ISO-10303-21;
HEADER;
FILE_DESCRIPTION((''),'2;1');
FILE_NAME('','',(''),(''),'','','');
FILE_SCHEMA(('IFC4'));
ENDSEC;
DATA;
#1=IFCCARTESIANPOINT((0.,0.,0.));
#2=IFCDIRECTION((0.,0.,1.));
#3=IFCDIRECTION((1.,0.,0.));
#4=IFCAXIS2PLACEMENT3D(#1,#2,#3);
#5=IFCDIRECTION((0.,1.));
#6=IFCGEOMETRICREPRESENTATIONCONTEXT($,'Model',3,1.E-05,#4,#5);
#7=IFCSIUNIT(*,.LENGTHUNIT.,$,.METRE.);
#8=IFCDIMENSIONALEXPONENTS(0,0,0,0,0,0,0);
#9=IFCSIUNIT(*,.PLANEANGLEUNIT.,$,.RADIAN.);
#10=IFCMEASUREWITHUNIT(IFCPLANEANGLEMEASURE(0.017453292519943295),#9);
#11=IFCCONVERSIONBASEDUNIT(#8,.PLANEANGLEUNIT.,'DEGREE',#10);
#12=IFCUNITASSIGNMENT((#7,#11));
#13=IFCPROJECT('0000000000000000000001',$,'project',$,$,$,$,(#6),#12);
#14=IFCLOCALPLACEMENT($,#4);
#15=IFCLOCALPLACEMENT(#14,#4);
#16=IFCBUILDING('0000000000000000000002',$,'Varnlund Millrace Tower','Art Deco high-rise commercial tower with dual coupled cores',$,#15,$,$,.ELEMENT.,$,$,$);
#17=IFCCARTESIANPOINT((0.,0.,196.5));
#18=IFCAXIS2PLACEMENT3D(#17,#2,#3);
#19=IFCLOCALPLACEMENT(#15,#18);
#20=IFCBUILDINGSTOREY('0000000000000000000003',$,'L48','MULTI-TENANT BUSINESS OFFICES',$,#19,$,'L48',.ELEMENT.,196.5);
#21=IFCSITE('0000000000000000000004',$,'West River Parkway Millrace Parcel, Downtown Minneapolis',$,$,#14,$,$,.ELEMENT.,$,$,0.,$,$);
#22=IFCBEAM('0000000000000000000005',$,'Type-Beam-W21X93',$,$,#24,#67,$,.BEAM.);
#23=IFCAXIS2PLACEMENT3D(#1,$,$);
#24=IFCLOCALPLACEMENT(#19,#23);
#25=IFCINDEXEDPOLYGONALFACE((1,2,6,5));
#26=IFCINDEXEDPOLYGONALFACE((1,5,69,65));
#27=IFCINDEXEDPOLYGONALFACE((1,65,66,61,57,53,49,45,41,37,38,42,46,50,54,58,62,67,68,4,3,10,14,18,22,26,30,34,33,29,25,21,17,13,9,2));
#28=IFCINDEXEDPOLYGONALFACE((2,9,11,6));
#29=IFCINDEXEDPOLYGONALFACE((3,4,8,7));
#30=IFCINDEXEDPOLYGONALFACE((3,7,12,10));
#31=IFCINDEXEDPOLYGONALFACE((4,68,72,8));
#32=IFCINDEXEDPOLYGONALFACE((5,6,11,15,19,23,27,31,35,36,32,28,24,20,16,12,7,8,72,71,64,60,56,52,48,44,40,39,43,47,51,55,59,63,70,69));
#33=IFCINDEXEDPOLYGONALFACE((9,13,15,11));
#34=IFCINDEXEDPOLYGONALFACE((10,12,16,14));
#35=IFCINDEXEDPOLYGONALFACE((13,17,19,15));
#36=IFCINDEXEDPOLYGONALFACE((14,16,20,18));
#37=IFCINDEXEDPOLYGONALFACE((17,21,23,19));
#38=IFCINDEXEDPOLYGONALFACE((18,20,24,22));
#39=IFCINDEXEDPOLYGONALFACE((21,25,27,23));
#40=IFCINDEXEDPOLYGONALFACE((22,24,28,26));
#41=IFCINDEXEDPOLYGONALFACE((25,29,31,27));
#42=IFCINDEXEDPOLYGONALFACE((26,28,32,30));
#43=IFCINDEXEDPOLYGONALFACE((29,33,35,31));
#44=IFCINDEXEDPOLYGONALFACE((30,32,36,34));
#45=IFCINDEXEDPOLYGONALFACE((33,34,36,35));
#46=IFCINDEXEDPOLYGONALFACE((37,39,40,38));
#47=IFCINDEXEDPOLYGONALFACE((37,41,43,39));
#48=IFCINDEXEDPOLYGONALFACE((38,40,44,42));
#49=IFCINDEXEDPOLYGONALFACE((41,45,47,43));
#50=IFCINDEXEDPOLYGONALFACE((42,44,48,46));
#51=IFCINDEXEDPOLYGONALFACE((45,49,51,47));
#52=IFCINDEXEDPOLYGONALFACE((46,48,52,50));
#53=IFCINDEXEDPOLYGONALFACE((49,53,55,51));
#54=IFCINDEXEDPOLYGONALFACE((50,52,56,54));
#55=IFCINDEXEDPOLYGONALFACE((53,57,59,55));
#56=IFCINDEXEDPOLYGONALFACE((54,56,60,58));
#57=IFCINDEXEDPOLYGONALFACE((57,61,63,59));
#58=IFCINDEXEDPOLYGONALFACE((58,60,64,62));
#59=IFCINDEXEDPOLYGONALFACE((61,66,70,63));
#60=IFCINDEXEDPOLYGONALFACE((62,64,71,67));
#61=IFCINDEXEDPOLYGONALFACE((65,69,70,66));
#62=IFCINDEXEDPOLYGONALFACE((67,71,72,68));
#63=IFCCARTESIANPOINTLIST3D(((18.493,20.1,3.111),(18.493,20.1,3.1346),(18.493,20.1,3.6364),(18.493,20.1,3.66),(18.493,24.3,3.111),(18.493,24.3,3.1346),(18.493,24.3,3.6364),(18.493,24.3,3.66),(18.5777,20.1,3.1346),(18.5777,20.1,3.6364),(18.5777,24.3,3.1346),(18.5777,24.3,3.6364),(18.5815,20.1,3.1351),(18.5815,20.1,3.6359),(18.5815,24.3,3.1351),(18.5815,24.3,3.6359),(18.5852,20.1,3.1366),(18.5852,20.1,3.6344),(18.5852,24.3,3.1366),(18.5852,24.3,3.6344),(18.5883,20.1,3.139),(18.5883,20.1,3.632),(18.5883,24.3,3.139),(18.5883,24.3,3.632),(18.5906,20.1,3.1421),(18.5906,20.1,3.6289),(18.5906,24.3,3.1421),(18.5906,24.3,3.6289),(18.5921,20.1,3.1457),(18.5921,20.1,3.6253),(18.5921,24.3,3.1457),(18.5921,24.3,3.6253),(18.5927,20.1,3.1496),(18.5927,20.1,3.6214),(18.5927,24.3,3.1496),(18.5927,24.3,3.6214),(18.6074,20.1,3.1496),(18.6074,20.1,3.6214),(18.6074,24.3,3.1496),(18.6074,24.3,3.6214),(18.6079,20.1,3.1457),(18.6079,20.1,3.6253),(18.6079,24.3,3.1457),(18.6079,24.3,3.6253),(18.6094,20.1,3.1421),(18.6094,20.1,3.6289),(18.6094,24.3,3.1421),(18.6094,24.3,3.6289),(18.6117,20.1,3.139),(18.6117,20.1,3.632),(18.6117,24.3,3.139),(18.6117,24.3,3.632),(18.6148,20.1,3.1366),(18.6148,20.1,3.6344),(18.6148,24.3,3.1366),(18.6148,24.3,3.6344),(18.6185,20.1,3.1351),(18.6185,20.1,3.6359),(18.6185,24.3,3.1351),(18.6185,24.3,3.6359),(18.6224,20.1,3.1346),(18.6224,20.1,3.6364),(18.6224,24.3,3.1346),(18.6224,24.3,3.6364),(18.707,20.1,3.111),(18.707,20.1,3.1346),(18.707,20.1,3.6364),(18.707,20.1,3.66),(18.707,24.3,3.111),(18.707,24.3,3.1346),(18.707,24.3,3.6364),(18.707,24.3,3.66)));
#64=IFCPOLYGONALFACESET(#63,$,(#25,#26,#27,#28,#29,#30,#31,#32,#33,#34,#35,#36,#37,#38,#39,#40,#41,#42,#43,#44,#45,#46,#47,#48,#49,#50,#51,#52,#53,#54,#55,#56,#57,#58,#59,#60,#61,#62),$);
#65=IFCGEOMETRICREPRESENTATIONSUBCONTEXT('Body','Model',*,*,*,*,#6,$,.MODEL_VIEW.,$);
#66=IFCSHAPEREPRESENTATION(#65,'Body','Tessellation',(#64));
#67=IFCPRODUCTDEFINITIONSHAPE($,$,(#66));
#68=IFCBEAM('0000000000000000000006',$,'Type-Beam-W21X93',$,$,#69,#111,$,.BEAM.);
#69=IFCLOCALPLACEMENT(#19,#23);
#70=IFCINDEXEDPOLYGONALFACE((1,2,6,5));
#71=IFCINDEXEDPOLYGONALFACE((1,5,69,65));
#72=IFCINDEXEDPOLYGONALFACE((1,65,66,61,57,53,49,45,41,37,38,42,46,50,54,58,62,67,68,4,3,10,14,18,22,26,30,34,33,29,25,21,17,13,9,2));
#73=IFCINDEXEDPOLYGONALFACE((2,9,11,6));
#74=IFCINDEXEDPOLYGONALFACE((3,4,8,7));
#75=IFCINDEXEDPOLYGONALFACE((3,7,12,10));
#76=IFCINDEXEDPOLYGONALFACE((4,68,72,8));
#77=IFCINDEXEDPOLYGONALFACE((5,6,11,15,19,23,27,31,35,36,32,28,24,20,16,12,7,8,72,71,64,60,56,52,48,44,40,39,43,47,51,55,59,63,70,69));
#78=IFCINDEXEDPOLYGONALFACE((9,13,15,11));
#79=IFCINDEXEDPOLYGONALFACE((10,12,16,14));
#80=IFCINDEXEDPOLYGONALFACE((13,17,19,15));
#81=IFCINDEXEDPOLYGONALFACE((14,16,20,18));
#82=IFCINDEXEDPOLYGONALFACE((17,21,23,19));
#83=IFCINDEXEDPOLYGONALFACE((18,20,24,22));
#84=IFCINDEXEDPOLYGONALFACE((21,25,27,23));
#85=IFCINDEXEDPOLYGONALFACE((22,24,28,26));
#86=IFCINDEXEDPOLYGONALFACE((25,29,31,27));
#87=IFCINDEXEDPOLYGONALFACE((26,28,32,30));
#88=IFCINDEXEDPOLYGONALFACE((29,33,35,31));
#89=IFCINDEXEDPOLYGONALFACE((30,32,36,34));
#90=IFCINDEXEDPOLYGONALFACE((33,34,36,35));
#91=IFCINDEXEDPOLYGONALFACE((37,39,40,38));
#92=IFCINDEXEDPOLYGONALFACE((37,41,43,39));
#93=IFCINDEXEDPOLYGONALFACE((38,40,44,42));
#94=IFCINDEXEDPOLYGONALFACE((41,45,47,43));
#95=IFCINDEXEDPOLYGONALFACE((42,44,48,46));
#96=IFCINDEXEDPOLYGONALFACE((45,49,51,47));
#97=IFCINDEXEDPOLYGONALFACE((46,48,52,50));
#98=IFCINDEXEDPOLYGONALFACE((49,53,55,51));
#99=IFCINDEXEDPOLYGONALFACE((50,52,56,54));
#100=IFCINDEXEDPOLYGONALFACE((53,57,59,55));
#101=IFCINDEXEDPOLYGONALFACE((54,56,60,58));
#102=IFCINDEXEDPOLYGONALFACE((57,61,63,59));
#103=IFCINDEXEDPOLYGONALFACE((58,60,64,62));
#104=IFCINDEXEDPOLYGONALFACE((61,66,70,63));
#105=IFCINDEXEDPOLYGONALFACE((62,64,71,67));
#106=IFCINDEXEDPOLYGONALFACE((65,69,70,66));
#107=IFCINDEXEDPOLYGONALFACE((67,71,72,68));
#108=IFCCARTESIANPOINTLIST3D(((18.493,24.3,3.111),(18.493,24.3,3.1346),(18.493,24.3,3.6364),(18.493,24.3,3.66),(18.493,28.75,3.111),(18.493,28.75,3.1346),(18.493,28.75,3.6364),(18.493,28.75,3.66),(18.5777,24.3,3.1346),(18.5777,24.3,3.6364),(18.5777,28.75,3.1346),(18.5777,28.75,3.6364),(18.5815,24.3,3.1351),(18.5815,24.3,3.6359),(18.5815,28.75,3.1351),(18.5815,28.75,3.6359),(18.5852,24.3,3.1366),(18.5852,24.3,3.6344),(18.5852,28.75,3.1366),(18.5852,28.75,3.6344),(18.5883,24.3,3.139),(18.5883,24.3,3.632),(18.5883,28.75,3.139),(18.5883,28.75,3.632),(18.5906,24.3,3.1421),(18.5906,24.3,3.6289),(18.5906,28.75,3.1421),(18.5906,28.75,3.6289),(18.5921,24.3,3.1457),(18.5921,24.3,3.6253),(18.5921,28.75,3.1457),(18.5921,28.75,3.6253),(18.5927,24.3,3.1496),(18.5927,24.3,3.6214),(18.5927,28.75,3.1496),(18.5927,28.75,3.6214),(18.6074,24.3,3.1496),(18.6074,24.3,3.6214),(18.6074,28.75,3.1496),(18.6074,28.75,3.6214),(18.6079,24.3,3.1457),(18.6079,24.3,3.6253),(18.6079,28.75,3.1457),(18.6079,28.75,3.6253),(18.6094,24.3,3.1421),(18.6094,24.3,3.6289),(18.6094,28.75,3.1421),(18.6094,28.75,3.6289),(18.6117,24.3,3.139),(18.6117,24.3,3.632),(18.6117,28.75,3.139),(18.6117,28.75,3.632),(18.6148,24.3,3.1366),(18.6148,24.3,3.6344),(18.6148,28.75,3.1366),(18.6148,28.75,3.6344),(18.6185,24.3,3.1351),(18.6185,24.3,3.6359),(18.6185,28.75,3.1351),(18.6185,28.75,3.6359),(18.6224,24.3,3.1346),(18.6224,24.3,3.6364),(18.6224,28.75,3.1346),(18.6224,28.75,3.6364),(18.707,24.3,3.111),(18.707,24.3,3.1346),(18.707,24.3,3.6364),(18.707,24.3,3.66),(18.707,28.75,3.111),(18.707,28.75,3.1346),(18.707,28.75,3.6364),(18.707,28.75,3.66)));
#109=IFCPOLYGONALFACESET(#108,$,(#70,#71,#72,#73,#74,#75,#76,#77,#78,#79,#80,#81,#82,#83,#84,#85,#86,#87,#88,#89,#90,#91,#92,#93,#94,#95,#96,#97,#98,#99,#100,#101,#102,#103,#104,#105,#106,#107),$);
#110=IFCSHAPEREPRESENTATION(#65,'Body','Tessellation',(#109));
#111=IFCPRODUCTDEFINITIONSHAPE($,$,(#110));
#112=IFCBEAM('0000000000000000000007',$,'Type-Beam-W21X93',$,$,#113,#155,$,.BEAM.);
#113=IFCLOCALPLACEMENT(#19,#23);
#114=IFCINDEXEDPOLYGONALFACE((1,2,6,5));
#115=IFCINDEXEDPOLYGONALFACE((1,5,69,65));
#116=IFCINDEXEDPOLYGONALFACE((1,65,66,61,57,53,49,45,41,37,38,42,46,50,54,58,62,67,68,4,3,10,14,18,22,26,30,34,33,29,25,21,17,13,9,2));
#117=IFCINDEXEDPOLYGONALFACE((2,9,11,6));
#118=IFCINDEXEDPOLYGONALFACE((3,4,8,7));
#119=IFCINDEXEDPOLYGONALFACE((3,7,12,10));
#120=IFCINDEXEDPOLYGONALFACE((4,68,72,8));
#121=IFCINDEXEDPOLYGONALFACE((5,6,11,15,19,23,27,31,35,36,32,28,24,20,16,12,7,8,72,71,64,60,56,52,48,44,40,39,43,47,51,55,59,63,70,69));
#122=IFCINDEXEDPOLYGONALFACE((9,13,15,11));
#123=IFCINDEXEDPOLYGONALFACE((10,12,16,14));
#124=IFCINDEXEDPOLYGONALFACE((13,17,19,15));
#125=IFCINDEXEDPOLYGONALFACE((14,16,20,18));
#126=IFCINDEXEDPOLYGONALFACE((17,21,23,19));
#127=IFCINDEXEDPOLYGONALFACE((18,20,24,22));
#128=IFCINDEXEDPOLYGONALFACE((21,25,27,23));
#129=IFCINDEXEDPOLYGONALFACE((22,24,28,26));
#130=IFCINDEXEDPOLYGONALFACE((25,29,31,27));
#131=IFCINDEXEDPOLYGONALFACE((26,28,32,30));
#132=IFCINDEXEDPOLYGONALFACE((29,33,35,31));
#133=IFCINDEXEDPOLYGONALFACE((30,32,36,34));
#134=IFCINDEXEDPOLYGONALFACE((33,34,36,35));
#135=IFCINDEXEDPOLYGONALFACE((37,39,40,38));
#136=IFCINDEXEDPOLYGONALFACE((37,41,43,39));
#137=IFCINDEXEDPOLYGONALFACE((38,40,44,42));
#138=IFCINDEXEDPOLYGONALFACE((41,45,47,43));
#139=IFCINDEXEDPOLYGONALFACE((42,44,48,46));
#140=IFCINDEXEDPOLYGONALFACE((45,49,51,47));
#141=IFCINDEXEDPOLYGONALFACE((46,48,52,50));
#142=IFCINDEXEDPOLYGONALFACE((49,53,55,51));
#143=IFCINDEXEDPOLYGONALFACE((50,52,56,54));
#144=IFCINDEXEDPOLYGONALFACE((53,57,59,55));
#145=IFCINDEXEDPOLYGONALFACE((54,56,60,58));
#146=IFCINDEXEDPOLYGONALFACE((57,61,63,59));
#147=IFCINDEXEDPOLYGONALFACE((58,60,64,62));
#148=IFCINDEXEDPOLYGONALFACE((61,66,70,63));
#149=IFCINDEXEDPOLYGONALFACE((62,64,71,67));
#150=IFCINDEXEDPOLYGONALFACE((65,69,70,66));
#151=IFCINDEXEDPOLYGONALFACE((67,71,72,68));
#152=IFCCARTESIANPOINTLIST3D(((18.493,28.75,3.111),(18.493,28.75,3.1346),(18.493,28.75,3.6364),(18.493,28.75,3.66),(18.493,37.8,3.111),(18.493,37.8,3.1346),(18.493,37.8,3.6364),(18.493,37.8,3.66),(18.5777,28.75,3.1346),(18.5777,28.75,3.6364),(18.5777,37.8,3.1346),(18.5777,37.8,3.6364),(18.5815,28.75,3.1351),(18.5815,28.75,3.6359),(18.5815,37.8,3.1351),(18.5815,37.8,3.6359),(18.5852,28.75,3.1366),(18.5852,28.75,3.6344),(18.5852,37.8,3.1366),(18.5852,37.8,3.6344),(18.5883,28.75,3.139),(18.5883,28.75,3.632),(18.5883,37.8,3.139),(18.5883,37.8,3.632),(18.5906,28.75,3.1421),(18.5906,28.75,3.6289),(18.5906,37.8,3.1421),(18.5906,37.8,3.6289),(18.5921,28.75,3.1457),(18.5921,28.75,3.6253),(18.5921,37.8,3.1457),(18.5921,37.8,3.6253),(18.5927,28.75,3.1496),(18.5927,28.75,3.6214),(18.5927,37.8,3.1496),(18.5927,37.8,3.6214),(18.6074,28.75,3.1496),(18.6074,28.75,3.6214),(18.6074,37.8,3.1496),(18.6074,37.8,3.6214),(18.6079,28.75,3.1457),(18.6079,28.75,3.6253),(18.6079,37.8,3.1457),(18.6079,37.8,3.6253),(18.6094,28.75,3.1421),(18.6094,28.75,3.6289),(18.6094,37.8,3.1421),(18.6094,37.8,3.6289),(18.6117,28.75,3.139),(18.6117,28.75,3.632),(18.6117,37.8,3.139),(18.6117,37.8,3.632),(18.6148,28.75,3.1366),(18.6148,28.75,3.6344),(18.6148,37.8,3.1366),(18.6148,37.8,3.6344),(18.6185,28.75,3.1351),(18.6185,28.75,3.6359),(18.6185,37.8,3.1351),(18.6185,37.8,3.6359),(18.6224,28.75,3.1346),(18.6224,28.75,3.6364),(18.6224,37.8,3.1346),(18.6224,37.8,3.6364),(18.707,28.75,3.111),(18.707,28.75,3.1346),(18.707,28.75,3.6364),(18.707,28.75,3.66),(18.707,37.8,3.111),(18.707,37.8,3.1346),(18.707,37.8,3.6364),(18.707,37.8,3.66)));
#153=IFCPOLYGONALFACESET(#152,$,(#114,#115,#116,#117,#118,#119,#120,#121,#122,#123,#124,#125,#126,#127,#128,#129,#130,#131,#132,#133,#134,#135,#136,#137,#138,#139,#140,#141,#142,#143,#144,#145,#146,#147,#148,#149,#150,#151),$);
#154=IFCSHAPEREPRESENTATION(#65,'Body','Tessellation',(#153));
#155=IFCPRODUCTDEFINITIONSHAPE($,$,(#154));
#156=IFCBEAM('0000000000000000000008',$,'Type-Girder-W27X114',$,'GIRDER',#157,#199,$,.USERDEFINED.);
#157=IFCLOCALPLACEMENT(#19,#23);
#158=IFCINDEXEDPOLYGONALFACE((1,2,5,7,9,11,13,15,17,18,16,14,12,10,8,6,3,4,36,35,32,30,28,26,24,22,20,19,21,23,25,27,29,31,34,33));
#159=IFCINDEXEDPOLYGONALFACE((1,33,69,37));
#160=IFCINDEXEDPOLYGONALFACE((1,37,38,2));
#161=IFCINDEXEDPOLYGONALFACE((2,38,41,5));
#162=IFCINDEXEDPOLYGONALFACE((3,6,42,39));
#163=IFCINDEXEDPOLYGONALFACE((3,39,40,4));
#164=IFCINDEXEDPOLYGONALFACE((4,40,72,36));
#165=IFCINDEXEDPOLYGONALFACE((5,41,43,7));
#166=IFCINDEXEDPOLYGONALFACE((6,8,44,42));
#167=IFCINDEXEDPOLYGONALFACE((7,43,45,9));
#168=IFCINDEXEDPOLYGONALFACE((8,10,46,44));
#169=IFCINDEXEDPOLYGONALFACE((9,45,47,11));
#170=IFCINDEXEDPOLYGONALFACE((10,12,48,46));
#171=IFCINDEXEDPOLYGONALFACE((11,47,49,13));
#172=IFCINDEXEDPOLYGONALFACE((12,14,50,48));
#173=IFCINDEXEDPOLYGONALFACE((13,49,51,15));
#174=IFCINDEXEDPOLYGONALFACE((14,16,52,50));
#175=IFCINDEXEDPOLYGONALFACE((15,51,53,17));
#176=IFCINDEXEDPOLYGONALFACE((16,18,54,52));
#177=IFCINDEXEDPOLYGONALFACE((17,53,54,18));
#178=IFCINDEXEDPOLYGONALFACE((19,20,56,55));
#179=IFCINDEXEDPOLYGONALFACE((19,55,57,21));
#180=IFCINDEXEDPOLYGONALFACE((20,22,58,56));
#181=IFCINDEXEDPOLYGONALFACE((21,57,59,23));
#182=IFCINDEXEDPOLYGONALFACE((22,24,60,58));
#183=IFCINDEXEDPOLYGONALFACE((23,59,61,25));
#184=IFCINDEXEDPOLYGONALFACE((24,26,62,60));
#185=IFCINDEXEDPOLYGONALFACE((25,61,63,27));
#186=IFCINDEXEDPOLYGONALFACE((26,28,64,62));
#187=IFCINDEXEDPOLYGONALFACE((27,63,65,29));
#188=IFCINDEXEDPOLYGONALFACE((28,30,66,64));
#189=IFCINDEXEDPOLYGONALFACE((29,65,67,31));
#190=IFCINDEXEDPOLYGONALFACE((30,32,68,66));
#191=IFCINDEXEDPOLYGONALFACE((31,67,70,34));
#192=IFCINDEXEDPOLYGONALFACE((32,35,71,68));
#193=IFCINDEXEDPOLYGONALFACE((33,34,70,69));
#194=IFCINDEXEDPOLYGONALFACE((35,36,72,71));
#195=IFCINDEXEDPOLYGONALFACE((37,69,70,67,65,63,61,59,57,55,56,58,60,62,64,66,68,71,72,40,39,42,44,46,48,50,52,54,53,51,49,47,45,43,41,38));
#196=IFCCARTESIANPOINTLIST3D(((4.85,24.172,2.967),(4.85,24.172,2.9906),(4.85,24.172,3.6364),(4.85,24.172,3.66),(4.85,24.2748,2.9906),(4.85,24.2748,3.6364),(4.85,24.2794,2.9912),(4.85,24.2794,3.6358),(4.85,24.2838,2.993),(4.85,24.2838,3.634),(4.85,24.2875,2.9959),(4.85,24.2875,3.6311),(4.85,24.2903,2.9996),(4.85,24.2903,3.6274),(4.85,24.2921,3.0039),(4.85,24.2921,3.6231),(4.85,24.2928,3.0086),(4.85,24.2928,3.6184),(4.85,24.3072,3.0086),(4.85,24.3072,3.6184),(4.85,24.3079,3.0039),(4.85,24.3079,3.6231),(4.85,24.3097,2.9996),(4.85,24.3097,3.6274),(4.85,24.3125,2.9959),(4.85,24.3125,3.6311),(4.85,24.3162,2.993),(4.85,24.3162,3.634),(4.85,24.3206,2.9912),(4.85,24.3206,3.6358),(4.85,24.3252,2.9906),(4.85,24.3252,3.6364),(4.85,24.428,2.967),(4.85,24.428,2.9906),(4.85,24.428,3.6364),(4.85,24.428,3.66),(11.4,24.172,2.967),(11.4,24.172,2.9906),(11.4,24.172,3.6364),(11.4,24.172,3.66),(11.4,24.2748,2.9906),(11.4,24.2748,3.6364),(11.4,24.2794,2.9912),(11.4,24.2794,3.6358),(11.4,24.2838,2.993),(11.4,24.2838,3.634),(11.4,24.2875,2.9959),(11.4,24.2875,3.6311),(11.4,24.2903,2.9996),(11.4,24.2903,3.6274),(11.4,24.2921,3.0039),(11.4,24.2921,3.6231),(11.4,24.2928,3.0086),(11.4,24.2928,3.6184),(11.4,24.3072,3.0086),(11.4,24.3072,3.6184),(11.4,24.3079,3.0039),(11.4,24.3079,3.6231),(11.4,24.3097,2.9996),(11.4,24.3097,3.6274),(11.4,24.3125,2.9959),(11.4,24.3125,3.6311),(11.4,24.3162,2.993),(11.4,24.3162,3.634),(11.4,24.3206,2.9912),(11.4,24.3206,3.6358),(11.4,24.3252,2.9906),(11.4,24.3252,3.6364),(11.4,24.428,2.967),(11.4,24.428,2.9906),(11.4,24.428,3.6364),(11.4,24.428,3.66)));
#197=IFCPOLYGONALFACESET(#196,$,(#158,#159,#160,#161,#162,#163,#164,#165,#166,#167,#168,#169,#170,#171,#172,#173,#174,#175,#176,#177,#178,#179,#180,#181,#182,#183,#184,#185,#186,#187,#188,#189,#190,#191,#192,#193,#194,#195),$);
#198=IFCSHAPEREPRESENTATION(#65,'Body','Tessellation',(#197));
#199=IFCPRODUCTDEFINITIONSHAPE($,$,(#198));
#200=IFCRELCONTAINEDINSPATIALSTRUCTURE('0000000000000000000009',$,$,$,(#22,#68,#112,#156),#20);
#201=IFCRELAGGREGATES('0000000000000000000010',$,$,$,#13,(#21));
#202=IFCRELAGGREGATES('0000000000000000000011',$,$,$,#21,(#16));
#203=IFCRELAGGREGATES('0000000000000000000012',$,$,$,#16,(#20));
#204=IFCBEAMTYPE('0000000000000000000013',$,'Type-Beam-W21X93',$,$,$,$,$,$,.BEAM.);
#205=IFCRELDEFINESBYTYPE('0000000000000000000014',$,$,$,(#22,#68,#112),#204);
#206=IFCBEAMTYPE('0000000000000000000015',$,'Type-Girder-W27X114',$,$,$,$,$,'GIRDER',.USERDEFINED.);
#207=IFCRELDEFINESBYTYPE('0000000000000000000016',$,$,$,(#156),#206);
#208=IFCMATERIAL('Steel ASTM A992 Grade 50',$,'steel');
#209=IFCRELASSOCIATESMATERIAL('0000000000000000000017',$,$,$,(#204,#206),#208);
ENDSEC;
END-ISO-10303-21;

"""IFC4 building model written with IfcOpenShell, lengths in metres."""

from ifc_helpers import new_model, entity, si_unit, converted_unit, direction, frame, origin_with_axes, origin_2d_with_axis, place, context, subcontext, project, spatial, i_section, extrude, material, material_profile, profile_set, type_object, element, save


model = new_model("IFC4")

# Units and contexts
model_context = context("Model", 3, precision=1e-05, world=origin_with_axes(), true_north=direction((0.0, 1.0)))
body_context = subcontext(model_context, "Body", "Model", "MODEL_VIEW")
ifc_project = project(units=[si_unit("LENGTHUNIT", "METRE"), converted_unit("PLANEANGLEUNIT", "DEGREE", entity("IfcPlaneAngleMeasure", 0.017453292519943295), si_unit("PLANEANGLEUNIT", "RADIAN"), dimensions=[0, 0, 0, 0, 0, 0, 0])], contexts=[model_context])

# Site, building, storey
site_placement = place(None, origin_with_axes())
site = spatial("IfcSite", under=ifc_project, at=site_placement, Name="West River Parkway Millrace Parcel, Downtown Minneapolis", CompositionType="ELEMENT", RefElevation=0.0)
building_placement = place(site_placement, origin_with_axes())
building = spatial("IfcBuilding", under=site, at=building_placement, Name="Varnlund Millrace Tower", Description="Art Deco high-rise commercial tower with dual coupled cores", CompositionType="ELEMENT")
storey_placement = place(building_placement, frame((0.0, 0.0, 196.5), z_axis=(0.0, 0.0, 1.0), x_axis=(1.0, 0.0, 0.0)))
storey = spatial("IfcBuildingStorey", under=building, at=storey_placement, Name="L48", Description="MULTI-TENANT BUSINESS OFFICES", LongName="L48", CompositionType="ELEMENT", Elevation=196.5)

# Beams
ifc_material_1 = material(Name="Steel ASTM A992 Grade 50", Category="steel")
ifc_material_profile_1 = material_profile(ifc_material_1, i_section(OverallWidth=0.214, OverallDepth=0.549, WebThickness=0.0147, FlangeThickness=0.0236, FilletRadius=0.015, at=origin_2d_with_axis()), Name="Steel ASTM A992 Grade 50")
ifc_profile_set_1 = profile_set([ifc_material_profile_1], Name="Steel ASTM A992 Grade 50")
beam_type_1 = type_object("IfcBeamType", Name="Type-Beam-W21X93", PredefinedType="BEAM", material=ifc_profile_set_1)
beam_1_placement = place(storey_placement, frame((18.6, 20.1, 3.3855), z_axis=(0.0, 1.0, 0.0), x_axis=(-1.0, 0.0, 0.0)))
element("IfcBeam", 1, at=beam_1_placement, inside=storey, type_object=beam_type_1, Name="Type-Beam-W21X93", PredefinedType="BEAM", context=body_context, shape_type="SweptSolid", body=[
    extrude(i_section(OverallWidth=0.214, OverallDepth=0.549, WebThickness=0.0147, FlangeThickness=0.0236, FilletRadius=0.015, at=origin_2d_with_axis()), origin_with_axes(), (0.0, 0.0, 1.0), 4.2),
])
beam_2_placement = place(storey_placement, frame((18.6, 24.3, 3.3855), z_axis=(0.0, 1.0, 0.0), x_axis=(-1.0, 0.0, 0.0)))
element("IfcBeam", 2, at=beam_2_placement, inside=storey, type_object=beam_type_1, Name="Type-Beam-W21X93", PredefinedType="BEAM", context=body_context, shape_type="SweptSolid", body=[
    extrude(i_section(OverallWidth=0.214, OverallDepth=0.549, WebThickness=0.0147, FlangeThickness=0.0236, FilletRadius=0.015, at=origin_2d_with_axis()), origin_with_axes(), (0.0, 0.0, 1.0), 4.45),
])
beam_3_placement = place(storey_placement, frame((18.6, 28.75, 3.3855), z_axis=(0.0, 1.0, 0.0), x_axis=(-1.0, 0.0, 0.0)))
element("IfcBeam", 3, at=beam_3_placement, inside=storey, type_object=beam_type_1, Name="Type-Beam-W21X93", PredefinedType="BEAM", context=body_context, shape_type="SweptSolid", body=[
    extrude(i_section(OverallWidth=0.214, OverallDepth=0.549, WebThickness=0.0147, FlangeThickness=0.0236, FilletRadius=0.015, at=origin_2d_with_axis()), origin_with_axes(), (0.0, 0.0, 1.0), 9.05),
])
ifc_material_profile_2 = material_profile(ifc_material_1, i_section(OverallWidth=0.256, OverallDepth=0.693, WebThickness=0.0145, FlangeThickness=0.0236, FilletRadius=0.018, at=origin_2d_with_axis()), Name="Steel ASTM A992 Grade 50")
ifc_profile_set_2 = profile_set([ifc_material_profile_2], Name="Steel ASTM A992 Grade 50")
beam_type_2 = type_object("IfcBeamType", Name="Type-Girder-W27X114", ElementType="GIRDER", PredefinedType="USERDEFINED", material=ifc_profile_set_2)
beam_4_placement = place(storey_placement, frame((4.85, 24.3, 3.3135), z_axis=(1.0, 0.0, 0.0), x_axis=(0.0, 1.0, 0.0)))
element("IfcBeam", 4, at=beam_4_placement, inside=storey, type_object=beam_type_2, Name="Type-Girder-W27X114", ObjectType="GIRDER", PredefinedType="USERDEFINED", context=body_context, shape_type="SweptSolid", body=[
    extrude(i_section(OverallWidth=0.256, OverallDepth=0.693, WebThickness=0.0145, FlangeThickness=0.0236, FilletRadius=0.018, at=origin_2d_with_axis()), origin_with_axes(), (0.0, 0.0, 1.0), 6.55),
])

save(model, "model.ifc")
